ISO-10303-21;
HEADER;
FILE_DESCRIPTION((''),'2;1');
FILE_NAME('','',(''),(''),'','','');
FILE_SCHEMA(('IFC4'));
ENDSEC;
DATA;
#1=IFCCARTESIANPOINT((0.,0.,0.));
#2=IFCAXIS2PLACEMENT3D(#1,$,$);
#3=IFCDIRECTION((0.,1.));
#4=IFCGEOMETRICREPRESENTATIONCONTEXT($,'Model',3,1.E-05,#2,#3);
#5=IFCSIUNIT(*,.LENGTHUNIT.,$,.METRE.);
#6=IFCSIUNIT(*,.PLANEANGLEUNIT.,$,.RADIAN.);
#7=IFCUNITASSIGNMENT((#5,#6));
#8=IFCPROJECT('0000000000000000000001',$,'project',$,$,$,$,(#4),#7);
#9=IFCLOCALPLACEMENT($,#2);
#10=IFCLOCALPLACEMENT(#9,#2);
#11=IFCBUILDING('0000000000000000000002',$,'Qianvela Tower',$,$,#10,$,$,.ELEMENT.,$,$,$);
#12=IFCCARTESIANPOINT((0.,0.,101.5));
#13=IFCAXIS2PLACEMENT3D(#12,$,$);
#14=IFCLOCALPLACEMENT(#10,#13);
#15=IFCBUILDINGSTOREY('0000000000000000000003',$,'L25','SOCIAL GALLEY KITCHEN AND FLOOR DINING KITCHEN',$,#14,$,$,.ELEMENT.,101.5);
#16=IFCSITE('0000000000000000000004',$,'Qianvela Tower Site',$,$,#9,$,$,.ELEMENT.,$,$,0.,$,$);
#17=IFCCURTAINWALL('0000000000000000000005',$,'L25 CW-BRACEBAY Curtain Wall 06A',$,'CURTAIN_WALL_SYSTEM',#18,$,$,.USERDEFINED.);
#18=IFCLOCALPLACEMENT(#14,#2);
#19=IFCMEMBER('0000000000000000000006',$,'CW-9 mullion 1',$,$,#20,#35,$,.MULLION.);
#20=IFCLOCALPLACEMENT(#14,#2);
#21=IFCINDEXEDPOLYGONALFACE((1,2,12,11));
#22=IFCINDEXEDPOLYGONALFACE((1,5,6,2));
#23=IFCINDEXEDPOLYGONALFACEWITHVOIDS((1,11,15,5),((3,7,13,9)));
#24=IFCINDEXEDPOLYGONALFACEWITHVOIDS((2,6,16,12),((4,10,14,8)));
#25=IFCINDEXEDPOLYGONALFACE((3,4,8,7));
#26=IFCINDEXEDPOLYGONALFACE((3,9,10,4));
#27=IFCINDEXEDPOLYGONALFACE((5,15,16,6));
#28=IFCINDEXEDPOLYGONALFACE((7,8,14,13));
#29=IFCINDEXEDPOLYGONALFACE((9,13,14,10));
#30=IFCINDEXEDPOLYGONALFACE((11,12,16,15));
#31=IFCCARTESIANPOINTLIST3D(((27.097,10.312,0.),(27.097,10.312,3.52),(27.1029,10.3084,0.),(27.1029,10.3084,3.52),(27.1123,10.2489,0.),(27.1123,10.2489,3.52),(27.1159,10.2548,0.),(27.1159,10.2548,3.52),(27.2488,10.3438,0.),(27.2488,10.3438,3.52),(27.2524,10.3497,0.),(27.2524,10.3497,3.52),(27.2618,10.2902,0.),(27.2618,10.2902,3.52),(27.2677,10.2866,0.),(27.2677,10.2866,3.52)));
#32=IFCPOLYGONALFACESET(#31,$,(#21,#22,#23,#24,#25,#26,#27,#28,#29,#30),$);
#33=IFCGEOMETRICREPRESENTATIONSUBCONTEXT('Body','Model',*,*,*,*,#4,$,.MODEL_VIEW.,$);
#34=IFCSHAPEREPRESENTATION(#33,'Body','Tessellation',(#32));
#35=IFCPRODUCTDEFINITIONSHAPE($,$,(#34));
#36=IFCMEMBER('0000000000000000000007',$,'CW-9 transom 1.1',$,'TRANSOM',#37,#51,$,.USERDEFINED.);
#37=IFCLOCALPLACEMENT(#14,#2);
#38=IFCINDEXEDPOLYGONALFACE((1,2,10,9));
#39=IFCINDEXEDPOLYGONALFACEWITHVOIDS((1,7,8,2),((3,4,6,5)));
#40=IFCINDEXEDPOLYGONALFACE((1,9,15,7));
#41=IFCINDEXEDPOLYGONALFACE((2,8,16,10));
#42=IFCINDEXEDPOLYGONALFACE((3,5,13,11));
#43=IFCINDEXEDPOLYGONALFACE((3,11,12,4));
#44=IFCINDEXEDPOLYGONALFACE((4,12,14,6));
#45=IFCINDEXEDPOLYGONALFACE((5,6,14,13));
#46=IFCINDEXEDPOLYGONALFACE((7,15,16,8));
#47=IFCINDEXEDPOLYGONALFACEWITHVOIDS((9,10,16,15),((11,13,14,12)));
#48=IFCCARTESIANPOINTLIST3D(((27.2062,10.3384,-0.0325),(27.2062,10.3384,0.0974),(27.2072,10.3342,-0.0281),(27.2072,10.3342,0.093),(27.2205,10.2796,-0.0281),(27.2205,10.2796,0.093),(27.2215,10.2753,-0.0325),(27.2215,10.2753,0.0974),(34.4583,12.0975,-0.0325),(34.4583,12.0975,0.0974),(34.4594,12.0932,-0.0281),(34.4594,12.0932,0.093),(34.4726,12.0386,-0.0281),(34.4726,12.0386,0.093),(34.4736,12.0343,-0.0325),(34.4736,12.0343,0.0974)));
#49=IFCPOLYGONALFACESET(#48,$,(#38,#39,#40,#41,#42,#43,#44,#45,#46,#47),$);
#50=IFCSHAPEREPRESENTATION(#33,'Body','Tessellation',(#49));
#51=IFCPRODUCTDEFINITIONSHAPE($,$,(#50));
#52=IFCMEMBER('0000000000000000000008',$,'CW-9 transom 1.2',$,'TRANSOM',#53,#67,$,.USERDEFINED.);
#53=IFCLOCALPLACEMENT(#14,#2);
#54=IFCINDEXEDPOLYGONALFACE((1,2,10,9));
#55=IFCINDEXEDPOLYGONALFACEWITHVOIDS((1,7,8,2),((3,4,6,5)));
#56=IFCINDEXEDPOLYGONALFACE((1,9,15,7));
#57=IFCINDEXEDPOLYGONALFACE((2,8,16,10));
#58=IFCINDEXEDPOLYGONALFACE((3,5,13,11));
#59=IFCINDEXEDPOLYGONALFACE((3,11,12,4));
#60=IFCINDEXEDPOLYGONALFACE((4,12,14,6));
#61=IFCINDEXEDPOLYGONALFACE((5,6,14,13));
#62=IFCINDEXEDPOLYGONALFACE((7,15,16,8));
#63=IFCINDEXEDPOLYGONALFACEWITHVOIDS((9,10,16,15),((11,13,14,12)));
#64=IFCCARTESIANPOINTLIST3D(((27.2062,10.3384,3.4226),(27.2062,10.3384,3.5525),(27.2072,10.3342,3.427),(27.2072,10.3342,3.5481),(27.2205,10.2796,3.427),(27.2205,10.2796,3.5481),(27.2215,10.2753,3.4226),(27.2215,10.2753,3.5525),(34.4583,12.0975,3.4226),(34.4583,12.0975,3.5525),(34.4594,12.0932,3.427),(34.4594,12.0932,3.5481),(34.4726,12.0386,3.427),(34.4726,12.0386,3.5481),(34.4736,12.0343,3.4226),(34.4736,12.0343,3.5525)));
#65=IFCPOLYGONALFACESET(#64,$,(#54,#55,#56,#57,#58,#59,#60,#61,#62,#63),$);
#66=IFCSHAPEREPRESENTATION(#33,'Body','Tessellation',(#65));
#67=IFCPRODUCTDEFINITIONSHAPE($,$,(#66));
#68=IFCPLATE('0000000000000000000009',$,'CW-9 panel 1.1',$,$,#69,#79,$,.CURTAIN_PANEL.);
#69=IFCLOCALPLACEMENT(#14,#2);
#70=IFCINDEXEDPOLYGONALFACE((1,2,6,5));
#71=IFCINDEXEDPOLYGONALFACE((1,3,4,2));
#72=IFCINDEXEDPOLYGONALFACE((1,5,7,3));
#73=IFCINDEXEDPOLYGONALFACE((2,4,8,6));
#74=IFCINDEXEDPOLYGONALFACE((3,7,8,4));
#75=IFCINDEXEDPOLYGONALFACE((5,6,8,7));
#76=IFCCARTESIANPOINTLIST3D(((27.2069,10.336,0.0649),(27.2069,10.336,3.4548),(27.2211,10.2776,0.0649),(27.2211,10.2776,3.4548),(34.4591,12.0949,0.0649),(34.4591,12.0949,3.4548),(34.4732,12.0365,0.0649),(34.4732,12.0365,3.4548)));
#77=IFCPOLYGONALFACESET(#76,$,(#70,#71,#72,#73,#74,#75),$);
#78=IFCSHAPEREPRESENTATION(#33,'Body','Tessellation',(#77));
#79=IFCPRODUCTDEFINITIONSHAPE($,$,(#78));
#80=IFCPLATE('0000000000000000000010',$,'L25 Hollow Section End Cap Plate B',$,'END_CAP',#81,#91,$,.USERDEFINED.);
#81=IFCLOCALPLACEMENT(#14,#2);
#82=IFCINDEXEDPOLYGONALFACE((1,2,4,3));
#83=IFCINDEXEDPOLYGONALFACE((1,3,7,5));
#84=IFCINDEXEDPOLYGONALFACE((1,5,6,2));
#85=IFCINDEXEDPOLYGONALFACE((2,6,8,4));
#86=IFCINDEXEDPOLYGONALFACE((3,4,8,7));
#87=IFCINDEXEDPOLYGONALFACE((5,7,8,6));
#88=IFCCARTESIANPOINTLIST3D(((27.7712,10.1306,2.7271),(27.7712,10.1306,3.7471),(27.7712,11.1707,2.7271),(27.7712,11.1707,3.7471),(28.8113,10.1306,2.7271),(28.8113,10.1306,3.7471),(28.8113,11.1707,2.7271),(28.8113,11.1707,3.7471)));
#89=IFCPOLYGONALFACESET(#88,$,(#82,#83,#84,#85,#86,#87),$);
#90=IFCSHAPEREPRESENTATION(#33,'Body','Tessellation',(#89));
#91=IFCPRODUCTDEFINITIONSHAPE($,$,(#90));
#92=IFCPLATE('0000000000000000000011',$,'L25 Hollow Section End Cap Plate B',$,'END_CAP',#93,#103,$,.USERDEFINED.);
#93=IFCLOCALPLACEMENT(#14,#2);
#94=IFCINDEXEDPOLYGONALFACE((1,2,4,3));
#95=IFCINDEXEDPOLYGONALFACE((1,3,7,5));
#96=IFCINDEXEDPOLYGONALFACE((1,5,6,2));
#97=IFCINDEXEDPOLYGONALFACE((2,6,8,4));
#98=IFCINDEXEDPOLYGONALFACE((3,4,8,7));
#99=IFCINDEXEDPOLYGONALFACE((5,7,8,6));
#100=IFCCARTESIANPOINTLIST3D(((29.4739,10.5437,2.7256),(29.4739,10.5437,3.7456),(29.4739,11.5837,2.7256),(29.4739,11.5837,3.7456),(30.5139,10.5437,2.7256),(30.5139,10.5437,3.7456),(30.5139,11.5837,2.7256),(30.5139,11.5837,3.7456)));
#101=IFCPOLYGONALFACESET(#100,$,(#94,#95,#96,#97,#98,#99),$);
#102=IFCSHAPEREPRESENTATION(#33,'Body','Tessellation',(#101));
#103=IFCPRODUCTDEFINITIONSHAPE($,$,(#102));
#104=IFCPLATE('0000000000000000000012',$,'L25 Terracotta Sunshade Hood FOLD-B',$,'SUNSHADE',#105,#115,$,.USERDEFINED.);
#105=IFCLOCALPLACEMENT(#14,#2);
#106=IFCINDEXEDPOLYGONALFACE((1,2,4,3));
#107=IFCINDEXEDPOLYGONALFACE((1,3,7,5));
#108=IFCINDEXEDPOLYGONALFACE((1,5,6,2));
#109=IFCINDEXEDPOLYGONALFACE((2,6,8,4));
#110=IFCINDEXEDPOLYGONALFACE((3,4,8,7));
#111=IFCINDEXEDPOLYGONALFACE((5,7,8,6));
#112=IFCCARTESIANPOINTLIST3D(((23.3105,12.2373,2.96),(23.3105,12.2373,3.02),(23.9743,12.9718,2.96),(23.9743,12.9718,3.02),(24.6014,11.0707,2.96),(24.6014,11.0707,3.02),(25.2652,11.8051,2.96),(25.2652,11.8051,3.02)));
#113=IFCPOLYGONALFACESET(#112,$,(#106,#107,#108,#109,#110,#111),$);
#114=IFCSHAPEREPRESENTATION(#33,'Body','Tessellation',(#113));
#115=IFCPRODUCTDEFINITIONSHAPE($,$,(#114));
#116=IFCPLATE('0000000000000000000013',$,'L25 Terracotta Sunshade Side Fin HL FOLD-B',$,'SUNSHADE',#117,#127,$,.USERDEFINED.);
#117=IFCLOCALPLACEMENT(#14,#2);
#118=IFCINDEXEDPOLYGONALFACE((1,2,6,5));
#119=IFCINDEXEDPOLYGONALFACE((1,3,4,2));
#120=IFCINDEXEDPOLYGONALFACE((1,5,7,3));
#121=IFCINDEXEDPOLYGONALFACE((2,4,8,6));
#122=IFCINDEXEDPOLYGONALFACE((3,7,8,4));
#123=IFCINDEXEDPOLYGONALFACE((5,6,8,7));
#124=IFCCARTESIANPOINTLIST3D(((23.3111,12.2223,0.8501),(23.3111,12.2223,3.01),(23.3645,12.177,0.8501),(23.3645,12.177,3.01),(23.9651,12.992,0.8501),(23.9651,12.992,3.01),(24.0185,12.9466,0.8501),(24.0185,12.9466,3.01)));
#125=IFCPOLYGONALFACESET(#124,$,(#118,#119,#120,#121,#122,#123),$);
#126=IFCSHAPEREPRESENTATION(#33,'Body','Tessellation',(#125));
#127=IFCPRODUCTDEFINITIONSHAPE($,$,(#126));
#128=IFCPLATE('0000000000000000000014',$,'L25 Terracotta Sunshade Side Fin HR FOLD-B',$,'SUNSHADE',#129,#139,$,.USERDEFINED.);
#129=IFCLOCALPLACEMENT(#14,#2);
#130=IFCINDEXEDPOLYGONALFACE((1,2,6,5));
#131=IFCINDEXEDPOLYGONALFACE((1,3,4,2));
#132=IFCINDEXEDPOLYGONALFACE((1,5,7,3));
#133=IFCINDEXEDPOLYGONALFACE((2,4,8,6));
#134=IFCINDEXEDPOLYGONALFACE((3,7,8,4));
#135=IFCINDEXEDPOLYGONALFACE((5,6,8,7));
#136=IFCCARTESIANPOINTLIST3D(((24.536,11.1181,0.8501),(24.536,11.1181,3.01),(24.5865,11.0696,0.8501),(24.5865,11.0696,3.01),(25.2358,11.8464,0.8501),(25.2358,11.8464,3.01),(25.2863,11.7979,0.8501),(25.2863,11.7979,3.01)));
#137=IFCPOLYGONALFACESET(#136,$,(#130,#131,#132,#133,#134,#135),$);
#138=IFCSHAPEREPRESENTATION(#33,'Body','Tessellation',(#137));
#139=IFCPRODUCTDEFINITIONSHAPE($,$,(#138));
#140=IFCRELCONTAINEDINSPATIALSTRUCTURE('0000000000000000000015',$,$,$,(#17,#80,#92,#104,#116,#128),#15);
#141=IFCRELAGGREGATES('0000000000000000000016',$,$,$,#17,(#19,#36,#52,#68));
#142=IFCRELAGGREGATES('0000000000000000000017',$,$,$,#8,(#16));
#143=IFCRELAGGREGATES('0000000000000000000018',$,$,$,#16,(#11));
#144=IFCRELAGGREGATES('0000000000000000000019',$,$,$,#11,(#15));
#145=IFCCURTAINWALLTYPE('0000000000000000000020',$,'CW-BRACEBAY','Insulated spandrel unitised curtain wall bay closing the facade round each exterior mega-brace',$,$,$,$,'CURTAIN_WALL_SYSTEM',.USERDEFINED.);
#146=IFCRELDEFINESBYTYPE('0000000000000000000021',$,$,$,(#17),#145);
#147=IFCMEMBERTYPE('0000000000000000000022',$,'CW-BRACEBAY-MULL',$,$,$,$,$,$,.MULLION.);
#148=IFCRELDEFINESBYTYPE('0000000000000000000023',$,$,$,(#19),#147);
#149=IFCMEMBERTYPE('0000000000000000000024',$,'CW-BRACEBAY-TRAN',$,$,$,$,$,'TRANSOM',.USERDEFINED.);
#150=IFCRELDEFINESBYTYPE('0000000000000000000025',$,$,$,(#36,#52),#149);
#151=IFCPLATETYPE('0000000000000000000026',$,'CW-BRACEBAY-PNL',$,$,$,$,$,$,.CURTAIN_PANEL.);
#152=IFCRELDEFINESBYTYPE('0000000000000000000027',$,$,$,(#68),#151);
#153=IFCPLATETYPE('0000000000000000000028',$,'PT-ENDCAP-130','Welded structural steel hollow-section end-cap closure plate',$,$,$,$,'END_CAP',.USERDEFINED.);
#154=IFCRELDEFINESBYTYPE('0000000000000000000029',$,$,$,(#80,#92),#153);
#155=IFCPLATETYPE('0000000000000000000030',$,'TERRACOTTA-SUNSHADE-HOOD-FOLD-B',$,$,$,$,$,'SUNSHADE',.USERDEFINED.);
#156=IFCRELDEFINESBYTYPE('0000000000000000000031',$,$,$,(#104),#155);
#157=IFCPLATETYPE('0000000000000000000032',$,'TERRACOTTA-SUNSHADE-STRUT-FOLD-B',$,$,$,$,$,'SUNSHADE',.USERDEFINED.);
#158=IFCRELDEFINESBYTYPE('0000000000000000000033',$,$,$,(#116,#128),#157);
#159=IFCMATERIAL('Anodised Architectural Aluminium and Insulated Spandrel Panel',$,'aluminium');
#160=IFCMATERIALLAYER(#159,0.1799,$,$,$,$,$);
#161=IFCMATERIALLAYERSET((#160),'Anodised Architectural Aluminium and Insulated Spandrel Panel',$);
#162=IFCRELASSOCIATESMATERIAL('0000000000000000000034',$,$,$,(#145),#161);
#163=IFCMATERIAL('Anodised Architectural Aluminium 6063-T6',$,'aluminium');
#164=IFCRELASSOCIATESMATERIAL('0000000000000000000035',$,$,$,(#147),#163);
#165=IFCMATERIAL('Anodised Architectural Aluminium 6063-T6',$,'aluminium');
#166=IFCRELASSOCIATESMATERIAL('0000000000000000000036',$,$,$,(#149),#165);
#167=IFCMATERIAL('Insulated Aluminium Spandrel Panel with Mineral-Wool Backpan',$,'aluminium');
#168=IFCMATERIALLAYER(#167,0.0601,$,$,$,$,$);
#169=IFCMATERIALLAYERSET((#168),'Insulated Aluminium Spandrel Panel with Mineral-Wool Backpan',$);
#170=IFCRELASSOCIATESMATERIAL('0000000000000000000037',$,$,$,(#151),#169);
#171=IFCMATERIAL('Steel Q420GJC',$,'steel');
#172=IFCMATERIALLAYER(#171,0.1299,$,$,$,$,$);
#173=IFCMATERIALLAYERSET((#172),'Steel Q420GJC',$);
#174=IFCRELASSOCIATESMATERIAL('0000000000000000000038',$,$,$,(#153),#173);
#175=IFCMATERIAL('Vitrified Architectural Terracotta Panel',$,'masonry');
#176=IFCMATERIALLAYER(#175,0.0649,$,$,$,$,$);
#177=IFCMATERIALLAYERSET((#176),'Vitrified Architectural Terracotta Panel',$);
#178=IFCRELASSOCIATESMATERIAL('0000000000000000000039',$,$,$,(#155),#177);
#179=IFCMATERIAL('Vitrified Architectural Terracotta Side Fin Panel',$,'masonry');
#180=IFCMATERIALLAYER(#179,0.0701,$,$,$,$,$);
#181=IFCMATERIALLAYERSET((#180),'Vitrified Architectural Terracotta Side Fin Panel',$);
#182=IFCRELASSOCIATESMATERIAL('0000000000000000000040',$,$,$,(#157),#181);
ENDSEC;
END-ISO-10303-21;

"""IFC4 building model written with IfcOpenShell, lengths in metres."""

from ifc_helpers import new_model, si_unit, direction, frame, origin, origin_2d, place, context, subcontext, project, spatial, rectangle, hollow_rectangle, extrude, material, layer, layer_set, material_profile, profile_set, type_object, element, aggregate, save


model = new_model("IFC4")

# Units and contexts
model_context = context("Model", 3, precision=1e-05, world=origin(), true_north=direction((0.0, 1.0)))
body_context = subcontext(model_context, "Body", "Model", "MODEL_VIEW")
ifc_project = project(units=[si_unit("LENGTHUNIT", "METRE"), si_unit("PLANEANGLEUNIT", "RADIAN")], contexts=[model_context])

# Site, building, storey
site_placement = place(None, origin())
site = spatial("IfcSite", under=ifc_project, at=site_placement, Name="Qianvela Tower Site", CompositionType="ELEMENT", RefElevation=0.0)
building_placement = place(site_placement, origin())
building = spatial("IfcBuilding", under=site, at=building_placement, Name="Qianvela Tower", CompositionType="ELEMENT")
storey_placement = place(building_placement, frame((0.0, 0.0, 101.5)))
storey = spatial("IfcBuildingStorey", under=building, at=storey_placement, Name="L25", Description="SOCIAL GALLEY KITCHEN AND FLOOR DINING KITCHEN", CompositionType="ELEMENT", Elevation=101.5)

# Curtain wall, members, plate
ifc_material_1 = material(Name="Anodised Architectural Aluminium and Insulated Spandrel Panel", Category="aluminium")
ifc_layer_1 = layer(ifc_material_1, 0.1799)
ifc_layer_set_1 = layer_set([ifc_layer_1], Name="Anodised Architectural Aluminium and Insulated Spandrel Panel")
curtain_wall_type = type_object("IfcCurtainWallType", Name="CW-BRACEBAY", Description="Insulated spandrel unitised curtain wall bay closing the facade round each exterior mega-brace", ElementType="CURTAIN_WALL_SYSTEM", PredefinedType="USERDEFINED", material=ifc_layer_set_1)
curtain_wall_placement = place(storey_placement, origin())
curtain_wall = element("IfcCurtainWall", 1, at=curtain_wall_placement, inside=storey, type_object=curtain_wall_type, Name="L25 CW-BRACEBAY Curtain Wall 06A", ObjectType="CURTAIN_WALL_SYSTEM", PredefinedType="USERDEFINED")
ifc_material_2 = material(Name="Anodised Architectural Aluminium 6063-T6", Category="aluminium")
ifc_material_profile_1 = material_profile(ifc_material_2, hollow_rectangle(XDim=0.0649, YDim=0.1599, WallThickness=0.0049, at=origin_2d()), Name="ALU-MULL-65x160")
ifc_profile_set_1 = profile_set([ifc_material_profile_1], Name="Anodised Architectural Aluminium 6063-T6")
member_type_1 = type_object("IfcMemberType", Name="CW-BRACEBAY-MULL", PredefinedType="MULLION", material=ifc_profile_set_1)
member_1_placement = place(storey_placement, frame((27.1824, 10.2993, 0.0), z_axis=(0.0, 0.0, 1.0), x_axis=(-0.235701, 0.971826, 0.0)))
member_1 = element("IfcMember", 2, at=member_1_placement, type_object=member_type_1, Name="CW-9 mullion 1", PredefinedType="MULLION", context=body_context, shape_type="SweptSolid", body=[
    extrude(hollow_rectangle(XDim=0.0649, YDim=0.1599, WallThickness=0.0049, at=origin_2d()), origin(), (0.0, 0.0, 1.0), 3.52),
])
ifc_material_3 = material(Name="Anodised Architectural Aluminium 6063-T6", Category="aluminium")
ifc_material_profile_2 = material_profile(ifc_material_3, hollow_rectangle(XDim=0.0649, YDim=0.1299, WallThickness=0.0044, at=origin_2d()), Name="ALU-TRAN-65x130")
ifc_profile_set_2 = profile_set([ifc_material_profile_2], Name="Anodised Architectural Aluminium 6063-T6")
member_type_2 = type_object("IfcMemberType", Name="CW-BRACEBAY-TRAN", ElementType="TRANSOM", PredefinedType="USERDEFINED", material=ifc_profile_set_2)
member_2_placement = place(storey_placement, frame((27.2139, 10.3069, 0.0325), z_axis=(0.971822, 0.235717, 0.0), x_axis=(-0.235717, 0.971822, 0.0)))
member_2 = element("IfcMember", 3, at=member_2_placement, type_object=member_type_2, Name="CW-9 transom 1.1", ObjectType="TRANSOM", PredefinedType="USERDEFINED", context=body_context, shape_type="SweptSolid", body=[
    extrude(hollow_rectangle(XDim=0.0649, YDim=0.1299, WallThickness=0.0044, at=origin_2d()), origin(), (0.0, 0.0, 1.0), 7.4624),
])
member_3_placement = place(storey_placement, frame((27.2139, 10.3069, 3.4875), z_axis=(0.971822, 0.235717, 0.0), x_axis=(-0.235717, 0.971822, 0.0)))
member_3 = element("IfcMember", 4, at=member_3_placement, type_object=member_type_2, Name="CW-9 transom 1.2", ObjectType="TRANSOM", PredefinedType="USERDEFINED", context=body_context, shape_type="SweptSolid", body=[
    extrude(hollow_rectangle(XDim=0.0649, YDim=0.1299, WallThickness=0.0044, at=origin_2d()), origin(), (0.0, 0.0, 1.0), 7.4624),
])
ifc_material_4 = material(Name="Insulated Aluminium Spandrel Panel with Mineral-Wool Backpan", Category="aluminium")
ifc_layer_2 = layer(ifc_material_4, 0.0601)
ifc_layer_set_2 = layer_set([ifc_layer_2], Name="Insulated Aluminium Spandrel Panel with Mineral-Wool Backpan")
plate_type_1 = type_object("IfcPlateType", Name="CW-BRACEBAY-PNL", PredefinedType="CURTAIN_PANEL", material=ifc_layer_set_2)
plate_1_placement = place(storey_placement, frame((30.8401, 11.1863, 0.0649), z_axis=(0.0, 0.0, 1.0), x_axis=(0.971826, 0.235701, 0.0)))
plate_1 = element("IfcPlate", 5, at=plate_1_placement, type_object=plate_type_1, Name="CW-9 panel 1.1", PredefinedType="CURTAIN_PANEL", context=body_context, shape_type="SweptSolid", body=[
    extrude(rectangle(XDim=7.4624, YDim=0.0601, at=origin_2d()), origin(), (0.0, 0.0, 1.0), 3.3899),
])
aggregate(curtain_wall, [member_1, member_2, member_3, plate_1])

# Plates
ifc_material_5 = material(Name="Steel Q420GJC", Category="steel")
ifc_layer_3 = layer(ifc_material_5, 0.1299)
ifc_layer_set_3 = layer_set([ifc_layer_3], Name="Steel Q420GJC")
plate_type_2 = type_object("IfcPlateType", Name="PT-ENDCAP-130", Description="Welded structural steel hollow-section end-cap closure plate", ElementType="END_CAP", PredefinedType="USERDEFINED", material=ifc_layer_set_3)
for number, where, z_axis, x_axis, name in (
    (6, (28.2913, 10.6506, 2.7271), (0.0, 0.0, 1.0), (1.0, 0.0, 0.0), "L25 Hollow Section End Cap Plate B"),
    (7, (29.9939, 11.0637, 2.7256), (0.0, 0.0, 1.0), (1.0, 0.0, 0.0), "L25 Hollow Section End Cap Plate B"),
):
    element("IfcPlate", number, at=place(storey_placement, frame(where, z_axis=z_axis, x_axis=x_axis)), inside=storey, type_object=plate_type_2, Name=name, ObjectType="END_CAP", PredefinedType="USERDEFINED", context=body_context, shape_type="SweptSolid", body=[
        extrude(rectangle(XDim=1.04, YDim=1.04, at=origin_2d()), origin(), (0.0, 0.0, 1.0), 1.02),
    ])
ifc_material_6 = material(Name="Vitrified Architectural Terracotta Panel", Category="masonry")
ifc_layer_4 = layer(ifc_material_6, 0.0649)
ifc_layer_set_4 = layer_set([ifc_layer_4], Name="Vitrified Architectural Terracotta Panel")
plate_type_3 = type_object("IfcPlateType", Name="TERRACOTTA-SUNSHADE-HOOD-FOLD-B", ElementType="SUNSHADE", PredefinedType="USERDEFINED", material=ifc_layer_set_4)
plate_2_placement = place(storey_placement, frame((24.2878, 12.0212, 2.96), z_axis=(0.0, 0.0, 1.0), x_axis=(0.741901, -0.670509, 0.0)))
element("IfcPlate", 8, at=plate_2_placement, inside=storey, type_object=plate_type_3, Name="L25 Terracotta Sunshade Hood FOLD-B", ObjectType="SUNSHADE", PredefinedType="USERDEFINED", context=body_context, shape_type="SweptSolid", body=[
    extrude(rectangle(XDim=1.74, YDim=0.99, at=origin_2d()), origin(), (0.0, 0.0, 1.0), 0.0601),
])
ifc_material_7 = material(Name="Vitrified Architectural Terracotta Side Fin Panel", Category="masonry")
ifc_layer_5 = layer(ifc_material_7, 0.0701)
ifc_layer_set_5 = layer_set([ifc_layer_5], Name="Vitrified Architectural Terracotta Side Fin Panel")
plate_type_4 = type_object("IfcPlateType", Name="TERRACOTTA-SUNSHADE-STRUT-FOLD-B", ElementType="SUNSHADE", PredefinedType="USERDEFINED", material=ifc_layer_set_5)
for number, where, z_axis, x_axis, name in (
    (9, (23.6648, 12.5845, 0.8501), (0.0, 0.0, 1.0), (0.762031, -0.64754, 0.0), "L25 Terracotta Sunshade Side Fin HL FOLD-B"),
    (10, (24.9111, 11.458, 0.8501), (0.0, 0.0, 1.0), (0.721079, -0.692853, 0.0), "L25 Terracotta Sunshade Side Fin HR FOLD-B"),
):
    element("IfcPlate", number, at=place(storey_placement, frame(where, z_axis=z_axis, x_axis=x_axis)), inside=storey, type_object=plate_type_4, Name=name, ObjectType="SUNSHADE", PredefinedType="USERDEFINED", context=body_context, shape_type="SweptSolid", body=[
        extrude(rectangle(XDim=0.0701, YDim=1.01, at=origin_2d()), origin(), (0.0, 0.0, 1.0), 2.1599),
    ])

save(model, "model.ifc")
